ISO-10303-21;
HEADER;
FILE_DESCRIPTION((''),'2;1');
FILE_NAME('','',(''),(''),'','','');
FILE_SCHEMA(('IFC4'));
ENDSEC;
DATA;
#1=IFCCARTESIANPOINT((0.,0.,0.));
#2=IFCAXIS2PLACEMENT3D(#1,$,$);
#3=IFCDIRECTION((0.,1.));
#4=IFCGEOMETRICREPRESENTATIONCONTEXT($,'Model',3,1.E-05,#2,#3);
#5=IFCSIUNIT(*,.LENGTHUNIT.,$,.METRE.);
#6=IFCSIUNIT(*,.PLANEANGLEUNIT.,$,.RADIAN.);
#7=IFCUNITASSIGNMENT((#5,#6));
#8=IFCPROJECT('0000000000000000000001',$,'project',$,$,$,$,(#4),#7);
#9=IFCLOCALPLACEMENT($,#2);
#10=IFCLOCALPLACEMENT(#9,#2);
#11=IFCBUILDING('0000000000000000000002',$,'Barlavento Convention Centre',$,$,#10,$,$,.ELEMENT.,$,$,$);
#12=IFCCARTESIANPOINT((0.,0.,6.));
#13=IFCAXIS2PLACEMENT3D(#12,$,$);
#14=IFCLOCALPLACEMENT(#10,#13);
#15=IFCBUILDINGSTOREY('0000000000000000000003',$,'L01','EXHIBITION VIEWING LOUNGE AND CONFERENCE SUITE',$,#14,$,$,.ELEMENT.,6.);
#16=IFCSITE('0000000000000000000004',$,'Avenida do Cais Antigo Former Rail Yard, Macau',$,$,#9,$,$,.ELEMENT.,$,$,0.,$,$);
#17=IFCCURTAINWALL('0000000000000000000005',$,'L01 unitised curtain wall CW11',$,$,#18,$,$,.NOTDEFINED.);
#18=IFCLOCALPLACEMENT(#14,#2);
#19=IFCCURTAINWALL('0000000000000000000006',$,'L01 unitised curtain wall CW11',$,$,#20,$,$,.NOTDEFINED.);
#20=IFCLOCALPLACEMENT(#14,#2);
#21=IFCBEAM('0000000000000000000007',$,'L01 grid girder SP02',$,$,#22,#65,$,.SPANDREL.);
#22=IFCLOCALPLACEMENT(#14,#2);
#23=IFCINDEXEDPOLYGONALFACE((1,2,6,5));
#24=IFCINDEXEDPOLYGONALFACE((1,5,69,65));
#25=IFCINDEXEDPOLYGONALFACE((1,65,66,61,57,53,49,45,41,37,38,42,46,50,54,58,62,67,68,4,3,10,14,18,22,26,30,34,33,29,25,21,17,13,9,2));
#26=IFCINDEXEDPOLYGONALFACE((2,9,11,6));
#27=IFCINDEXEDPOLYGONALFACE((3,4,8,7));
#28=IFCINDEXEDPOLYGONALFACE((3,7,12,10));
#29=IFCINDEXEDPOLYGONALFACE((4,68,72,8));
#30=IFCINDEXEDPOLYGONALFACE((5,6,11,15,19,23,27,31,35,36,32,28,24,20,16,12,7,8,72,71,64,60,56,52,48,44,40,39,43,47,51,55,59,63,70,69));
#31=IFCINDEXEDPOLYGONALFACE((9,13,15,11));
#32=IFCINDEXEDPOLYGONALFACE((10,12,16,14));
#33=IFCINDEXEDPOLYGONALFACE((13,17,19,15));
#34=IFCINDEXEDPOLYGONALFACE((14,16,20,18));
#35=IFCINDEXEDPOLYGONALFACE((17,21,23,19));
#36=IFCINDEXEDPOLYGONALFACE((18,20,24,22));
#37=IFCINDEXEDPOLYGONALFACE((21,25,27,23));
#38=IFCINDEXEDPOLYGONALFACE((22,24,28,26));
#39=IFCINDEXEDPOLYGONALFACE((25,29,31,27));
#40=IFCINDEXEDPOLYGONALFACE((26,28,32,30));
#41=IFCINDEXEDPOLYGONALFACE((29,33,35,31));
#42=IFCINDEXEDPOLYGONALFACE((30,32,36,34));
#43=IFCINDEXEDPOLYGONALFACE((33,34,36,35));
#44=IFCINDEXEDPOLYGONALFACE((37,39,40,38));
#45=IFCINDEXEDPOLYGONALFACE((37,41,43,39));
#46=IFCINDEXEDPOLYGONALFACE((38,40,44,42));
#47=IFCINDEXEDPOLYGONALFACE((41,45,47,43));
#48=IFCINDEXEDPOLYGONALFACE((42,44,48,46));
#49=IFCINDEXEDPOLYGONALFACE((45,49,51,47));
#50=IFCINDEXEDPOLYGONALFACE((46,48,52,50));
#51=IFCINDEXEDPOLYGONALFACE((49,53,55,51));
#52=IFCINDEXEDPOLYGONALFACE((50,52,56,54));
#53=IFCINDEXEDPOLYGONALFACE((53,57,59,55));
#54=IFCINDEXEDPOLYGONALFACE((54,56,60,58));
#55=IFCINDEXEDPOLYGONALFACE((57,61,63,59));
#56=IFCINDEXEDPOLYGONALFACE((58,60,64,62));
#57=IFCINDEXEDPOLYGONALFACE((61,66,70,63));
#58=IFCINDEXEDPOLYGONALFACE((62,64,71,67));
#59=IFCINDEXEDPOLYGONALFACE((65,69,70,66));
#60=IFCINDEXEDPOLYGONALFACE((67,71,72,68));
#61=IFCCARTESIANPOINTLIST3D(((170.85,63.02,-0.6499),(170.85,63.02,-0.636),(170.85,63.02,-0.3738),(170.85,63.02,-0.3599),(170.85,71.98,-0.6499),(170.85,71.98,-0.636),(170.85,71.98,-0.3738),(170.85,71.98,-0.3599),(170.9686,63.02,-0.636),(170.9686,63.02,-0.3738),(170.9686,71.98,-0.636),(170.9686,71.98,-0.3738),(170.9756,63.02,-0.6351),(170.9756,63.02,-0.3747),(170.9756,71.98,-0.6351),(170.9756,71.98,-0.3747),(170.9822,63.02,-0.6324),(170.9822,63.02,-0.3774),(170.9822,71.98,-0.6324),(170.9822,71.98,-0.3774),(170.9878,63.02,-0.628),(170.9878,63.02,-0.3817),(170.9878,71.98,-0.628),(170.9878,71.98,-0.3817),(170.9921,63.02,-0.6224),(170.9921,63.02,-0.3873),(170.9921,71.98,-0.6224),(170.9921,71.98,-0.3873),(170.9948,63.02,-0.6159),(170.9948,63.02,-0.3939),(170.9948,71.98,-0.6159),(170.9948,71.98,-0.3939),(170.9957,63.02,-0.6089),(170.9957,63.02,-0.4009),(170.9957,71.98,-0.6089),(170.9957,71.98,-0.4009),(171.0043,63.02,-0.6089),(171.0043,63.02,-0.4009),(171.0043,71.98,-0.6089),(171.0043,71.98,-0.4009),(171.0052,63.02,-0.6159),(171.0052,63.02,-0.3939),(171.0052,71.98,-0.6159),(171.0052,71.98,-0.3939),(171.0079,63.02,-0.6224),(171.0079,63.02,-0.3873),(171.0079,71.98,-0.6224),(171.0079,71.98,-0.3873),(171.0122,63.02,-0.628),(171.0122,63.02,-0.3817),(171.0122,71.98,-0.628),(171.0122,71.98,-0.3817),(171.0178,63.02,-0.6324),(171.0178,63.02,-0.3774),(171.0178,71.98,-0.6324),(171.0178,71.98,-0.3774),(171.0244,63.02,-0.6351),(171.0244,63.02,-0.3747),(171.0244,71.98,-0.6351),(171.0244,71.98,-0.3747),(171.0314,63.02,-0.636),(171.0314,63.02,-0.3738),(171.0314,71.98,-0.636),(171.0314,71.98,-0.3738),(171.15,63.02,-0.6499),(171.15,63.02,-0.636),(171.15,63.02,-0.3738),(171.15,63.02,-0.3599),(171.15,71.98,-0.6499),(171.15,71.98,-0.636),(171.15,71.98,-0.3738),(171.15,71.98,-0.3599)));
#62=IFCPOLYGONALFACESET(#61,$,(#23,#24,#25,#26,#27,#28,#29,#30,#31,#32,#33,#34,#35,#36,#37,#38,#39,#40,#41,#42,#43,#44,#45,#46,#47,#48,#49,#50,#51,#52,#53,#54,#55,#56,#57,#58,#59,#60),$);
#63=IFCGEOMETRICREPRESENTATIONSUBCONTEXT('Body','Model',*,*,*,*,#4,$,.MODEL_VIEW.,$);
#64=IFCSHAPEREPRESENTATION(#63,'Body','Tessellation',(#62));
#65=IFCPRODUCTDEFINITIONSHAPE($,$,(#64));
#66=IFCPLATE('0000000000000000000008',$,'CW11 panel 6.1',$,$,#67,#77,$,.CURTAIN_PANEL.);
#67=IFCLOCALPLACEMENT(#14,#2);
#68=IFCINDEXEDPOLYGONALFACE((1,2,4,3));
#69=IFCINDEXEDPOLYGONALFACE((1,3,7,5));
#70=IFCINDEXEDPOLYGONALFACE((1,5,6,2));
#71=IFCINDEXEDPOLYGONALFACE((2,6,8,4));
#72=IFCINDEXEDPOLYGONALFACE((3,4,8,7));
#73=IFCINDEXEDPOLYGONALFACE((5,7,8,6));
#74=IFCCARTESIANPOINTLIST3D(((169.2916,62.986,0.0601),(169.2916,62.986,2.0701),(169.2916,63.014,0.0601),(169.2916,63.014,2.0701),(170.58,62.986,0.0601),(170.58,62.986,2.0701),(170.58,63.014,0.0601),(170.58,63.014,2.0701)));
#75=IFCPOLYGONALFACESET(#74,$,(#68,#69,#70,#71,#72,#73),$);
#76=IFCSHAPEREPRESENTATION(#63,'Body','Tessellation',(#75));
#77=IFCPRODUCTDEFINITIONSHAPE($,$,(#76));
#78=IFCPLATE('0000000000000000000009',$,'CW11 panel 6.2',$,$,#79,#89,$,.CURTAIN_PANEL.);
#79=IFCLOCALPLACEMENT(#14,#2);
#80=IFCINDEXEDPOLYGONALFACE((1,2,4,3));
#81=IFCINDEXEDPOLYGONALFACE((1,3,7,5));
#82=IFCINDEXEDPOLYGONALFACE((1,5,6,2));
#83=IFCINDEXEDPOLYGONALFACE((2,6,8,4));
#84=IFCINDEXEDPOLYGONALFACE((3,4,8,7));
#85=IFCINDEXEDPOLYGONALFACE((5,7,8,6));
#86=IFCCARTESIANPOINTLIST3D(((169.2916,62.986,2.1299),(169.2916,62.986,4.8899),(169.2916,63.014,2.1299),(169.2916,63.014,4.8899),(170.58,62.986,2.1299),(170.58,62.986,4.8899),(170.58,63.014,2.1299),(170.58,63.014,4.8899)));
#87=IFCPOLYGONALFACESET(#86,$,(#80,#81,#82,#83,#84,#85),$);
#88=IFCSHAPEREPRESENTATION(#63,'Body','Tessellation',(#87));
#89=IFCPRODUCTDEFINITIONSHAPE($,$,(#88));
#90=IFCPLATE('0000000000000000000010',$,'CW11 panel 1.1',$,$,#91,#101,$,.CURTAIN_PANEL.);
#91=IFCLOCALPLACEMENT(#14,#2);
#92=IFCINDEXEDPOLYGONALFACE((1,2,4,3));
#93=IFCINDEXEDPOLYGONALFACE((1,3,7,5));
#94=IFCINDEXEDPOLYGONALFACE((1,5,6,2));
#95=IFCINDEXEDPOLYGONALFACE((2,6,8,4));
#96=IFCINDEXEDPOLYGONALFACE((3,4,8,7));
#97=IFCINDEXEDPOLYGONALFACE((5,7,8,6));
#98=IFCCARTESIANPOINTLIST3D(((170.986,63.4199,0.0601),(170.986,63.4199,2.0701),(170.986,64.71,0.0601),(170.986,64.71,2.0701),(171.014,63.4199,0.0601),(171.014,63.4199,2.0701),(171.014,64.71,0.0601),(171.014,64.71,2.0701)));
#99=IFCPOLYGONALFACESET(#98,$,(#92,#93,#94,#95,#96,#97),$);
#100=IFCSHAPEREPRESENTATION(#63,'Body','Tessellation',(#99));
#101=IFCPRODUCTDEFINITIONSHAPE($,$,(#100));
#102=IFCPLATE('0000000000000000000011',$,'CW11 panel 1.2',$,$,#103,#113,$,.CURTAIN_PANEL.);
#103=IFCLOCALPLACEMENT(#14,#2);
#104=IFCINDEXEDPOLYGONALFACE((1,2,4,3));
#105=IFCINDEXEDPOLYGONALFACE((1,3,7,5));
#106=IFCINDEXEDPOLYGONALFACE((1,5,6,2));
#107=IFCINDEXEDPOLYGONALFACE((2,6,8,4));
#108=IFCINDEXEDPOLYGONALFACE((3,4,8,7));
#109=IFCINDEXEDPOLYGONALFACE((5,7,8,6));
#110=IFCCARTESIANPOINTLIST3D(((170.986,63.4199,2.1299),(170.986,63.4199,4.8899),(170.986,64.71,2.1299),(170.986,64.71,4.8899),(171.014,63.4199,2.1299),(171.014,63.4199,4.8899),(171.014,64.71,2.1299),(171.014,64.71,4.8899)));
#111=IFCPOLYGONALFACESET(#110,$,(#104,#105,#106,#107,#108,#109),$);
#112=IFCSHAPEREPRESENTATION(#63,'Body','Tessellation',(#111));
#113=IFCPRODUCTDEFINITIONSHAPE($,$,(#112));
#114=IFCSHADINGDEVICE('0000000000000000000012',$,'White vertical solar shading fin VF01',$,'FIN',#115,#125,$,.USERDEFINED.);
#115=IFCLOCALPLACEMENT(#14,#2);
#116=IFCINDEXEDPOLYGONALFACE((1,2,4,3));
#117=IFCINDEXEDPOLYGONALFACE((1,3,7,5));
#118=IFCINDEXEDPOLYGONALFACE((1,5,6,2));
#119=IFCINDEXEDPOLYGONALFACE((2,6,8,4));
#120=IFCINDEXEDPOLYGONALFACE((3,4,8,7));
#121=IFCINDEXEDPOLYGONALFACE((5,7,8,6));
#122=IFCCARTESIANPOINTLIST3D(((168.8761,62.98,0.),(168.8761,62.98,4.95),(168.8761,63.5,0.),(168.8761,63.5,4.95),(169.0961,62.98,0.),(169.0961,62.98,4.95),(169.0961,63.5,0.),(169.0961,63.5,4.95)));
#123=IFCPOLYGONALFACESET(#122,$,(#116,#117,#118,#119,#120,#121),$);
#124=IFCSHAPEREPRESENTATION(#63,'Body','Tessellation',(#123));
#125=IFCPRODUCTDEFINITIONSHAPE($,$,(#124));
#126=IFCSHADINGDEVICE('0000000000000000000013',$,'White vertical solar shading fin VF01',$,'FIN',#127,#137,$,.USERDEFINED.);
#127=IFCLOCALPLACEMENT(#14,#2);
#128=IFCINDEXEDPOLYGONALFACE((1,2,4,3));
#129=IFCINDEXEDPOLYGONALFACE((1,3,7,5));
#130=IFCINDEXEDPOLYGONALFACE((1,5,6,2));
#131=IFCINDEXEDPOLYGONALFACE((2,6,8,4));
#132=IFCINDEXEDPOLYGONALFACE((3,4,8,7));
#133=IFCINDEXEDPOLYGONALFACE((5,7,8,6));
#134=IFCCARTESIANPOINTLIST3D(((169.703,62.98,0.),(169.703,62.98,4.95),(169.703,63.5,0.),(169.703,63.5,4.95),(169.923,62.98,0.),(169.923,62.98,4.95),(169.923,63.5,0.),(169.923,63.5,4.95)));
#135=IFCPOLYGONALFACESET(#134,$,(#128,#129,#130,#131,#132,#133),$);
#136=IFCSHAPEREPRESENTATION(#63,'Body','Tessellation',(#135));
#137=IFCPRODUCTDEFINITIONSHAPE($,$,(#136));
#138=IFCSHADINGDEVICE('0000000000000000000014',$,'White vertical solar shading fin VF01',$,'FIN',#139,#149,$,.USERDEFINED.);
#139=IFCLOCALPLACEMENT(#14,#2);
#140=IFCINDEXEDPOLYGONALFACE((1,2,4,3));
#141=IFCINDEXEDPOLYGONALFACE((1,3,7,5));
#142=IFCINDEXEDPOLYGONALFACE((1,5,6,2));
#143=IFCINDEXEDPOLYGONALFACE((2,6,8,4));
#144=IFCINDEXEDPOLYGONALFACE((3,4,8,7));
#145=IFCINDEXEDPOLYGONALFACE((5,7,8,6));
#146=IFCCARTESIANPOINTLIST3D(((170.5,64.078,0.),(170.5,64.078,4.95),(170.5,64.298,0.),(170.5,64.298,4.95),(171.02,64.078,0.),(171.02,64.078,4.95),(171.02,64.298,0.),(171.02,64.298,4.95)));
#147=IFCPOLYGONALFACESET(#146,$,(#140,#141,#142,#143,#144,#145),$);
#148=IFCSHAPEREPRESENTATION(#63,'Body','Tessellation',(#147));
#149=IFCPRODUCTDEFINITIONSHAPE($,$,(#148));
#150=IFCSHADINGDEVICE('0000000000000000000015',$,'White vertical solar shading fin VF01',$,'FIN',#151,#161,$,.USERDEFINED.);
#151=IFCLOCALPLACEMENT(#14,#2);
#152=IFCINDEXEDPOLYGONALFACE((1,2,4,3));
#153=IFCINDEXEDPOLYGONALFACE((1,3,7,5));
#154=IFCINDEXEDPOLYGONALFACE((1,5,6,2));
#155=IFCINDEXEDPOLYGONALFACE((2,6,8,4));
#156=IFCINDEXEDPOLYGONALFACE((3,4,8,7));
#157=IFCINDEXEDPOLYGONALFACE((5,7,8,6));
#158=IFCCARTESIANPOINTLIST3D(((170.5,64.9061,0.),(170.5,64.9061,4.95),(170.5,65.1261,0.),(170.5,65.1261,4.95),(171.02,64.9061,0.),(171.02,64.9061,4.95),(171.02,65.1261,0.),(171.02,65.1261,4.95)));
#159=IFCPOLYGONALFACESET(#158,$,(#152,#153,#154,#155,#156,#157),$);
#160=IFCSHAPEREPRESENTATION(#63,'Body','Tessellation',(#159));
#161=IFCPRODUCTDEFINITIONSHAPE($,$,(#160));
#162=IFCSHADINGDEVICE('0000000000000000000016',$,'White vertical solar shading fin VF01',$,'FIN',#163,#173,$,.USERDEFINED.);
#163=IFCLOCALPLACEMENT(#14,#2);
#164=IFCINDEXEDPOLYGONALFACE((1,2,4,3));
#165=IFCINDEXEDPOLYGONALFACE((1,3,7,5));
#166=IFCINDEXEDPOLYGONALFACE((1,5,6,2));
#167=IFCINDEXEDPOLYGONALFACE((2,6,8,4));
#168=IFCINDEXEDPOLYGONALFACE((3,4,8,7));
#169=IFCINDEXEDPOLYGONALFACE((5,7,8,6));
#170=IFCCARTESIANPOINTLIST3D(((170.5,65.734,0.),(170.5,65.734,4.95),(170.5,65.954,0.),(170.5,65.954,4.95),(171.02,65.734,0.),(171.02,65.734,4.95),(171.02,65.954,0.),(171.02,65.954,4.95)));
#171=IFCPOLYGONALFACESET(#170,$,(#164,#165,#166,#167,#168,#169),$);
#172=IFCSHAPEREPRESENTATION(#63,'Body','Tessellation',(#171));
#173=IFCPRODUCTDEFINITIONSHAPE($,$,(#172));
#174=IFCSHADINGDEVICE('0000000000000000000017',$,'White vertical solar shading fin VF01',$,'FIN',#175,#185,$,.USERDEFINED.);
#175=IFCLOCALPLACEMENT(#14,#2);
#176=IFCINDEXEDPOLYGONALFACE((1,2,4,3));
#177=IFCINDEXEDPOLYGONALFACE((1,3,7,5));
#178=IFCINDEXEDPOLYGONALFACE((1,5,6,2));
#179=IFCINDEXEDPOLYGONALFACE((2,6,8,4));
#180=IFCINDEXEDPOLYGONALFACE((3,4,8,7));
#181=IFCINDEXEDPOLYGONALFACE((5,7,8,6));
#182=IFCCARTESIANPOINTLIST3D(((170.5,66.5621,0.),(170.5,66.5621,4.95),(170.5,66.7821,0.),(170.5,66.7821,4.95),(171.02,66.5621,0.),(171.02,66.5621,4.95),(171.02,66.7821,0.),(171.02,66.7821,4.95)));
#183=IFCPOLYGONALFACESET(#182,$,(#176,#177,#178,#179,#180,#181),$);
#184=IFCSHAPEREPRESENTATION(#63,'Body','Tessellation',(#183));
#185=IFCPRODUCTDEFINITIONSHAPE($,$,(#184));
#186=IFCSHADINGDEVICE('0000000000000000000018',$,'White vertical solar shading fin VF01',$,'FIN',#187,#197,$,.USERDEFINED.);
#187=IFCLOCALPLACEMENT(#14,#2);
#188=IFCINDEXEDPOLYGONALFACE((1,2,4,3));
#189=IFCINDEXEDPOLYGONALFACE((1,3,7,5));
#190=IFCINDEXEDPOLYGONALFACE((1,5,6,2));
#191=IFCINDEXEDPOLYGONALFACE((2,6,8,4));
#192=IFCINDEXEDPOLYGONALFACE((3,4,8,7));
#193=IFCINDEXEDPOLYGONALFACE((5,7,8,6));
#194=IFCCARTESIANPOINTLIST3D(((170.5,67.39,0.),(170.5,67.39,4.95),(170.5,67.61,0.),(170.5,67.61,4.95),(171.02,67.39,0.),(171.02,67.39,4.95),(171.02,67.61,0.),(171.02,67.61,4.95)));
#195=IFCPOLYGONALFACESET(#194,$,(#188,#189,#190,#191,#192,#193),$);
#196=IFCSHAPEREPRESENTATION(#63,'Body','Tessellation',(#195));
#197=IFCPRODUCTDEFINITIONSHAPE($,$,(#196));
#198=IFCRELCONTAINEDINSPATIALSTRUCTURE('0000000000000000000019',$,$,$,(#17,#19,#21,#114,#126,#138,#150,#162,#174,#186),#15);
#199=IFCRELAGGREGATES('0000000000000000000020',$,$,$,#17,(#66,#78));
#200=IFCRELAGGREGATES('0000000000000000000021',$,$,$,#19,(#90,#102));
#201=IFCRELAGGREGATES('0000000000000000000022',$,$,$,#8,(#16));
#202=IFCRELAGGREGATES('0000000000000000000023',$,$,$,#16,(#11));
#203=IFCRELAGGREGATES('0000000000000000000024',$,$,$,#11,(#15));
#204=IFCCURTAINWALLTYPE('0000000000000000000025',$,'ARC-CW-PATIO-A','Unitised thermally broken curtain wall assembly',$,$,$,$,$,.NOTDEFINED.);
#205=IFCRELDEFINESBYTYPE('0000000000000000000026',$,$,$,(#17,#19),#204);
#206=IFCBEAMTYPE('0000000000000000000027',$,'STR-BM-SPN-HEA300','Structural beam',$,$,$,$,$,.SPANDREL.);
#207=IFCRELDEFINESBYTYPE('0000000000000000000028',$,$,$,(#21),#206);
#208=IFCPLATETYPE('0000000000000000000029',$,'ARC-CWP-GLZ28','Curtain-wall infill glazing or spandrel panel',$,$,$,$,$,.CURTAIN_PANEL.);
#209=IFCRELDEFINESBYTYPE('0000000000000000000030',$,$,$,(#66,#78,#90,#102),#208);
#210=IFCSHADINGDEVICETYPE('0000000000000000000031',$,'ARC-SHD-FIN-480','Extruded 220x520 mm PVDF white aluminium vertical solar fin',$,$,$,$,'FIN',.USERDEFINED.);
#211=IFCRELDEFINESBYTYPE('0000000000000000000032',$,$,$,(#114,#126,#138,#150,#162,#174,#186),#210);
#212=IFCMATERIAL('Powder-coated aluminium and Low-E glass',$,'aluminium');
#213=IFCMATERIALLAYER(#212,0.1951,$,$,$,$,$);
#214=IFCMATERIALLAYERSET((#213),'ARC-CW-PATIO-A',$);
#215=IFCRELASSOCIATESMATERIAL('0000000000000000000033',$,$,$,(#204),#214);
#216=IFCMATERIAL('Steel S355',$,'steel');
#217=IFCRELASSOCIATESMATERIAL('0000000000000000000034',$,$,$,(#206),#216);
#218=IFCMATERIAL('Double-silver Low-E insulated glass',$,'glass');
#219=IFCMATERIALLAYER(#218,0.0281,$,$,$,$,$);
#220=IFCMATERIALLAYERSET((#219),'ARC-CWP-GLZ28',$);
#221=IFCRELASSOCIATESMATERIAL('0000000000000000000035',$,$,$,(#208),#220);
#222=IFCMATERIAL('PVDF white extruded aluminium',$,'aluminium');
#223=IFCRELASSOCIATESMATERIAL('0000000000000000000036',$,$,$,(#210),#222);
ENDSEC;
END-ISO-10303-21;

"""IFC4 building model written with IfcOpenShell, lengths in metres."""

from ifc_helpers import new_model, si_unit, direction, frame, origin, origin_2d, place, context, subcontext, project, spatial, rectangle, i_section, extrude, material, layer, layer_set, material_profile, profile_set, type_object, element, aggregate, save


model = new_model("IFC4")

# Units and contexts
model_context = context("Model", 3, precision=1e-05, world=origin(), true_north=direction((0.0, 1.0)))
body_context = subcontext(model_context, "Body", "Model", "MODEL_VIEW")
ifc_project = project(units=[si_unit("LENGTHUNIT", "METRE"), si_unit("PLANEANGLEUNIT", "RADIAN")], contexts=[model_context])

# Site, building, storey
site_placement = place(None, origin())
site = spatial("IfcSite", under=ifc_project, at=site_placement, Name="Avenida do Cais Antigo Former Rail Yard, Macau", CompositionType="ELEMENT", RefElevation=0.0)
building_placement = place(site_placement, origin())
building = spatial("IfcBuilding", under=site, at=building_placement, Name="Barlavento Convention Centre", CompositionType="ELEMENT")
storey_placement = place(building_placement, frame((0.0, 0.0, 6.0)))
storey = spatial("IfcBuildingStorey", under=building, at=storey_placement, Name="L01", Description="EXHIBITION VIEWING LOUNGE AND CONFERENCE SUITE", CompositionType="ELEMENT", Elevation=6.0)

# Shared definitions
ifc_material_1 = material(Name="Steel S355", Category="steel")

# Curtain walls
ifc_material_2 = material(Name="Powder-coated aluminium and Low-E glass", Category="aluminium")
ifc_layer_1 = layer(ifc_material_2, 0.1951)
ifc_layer_set_1 = layer_set([ifc_layer_1], Name="ARC-CW-PATIO-A")
curtain_wall_type = type_object("IfcCurtainWallType", Name="ARC-CW-PATIO-A", Description="Unitised thermally broken curtain wall assembly", PredefinedType="NOTDEFINED", material=ifc_layer_set_1)
curtain_wall_1_placement = place(storey_placement, origin())
curtain_wall_1 = element("IfcCurtainWall", 1, at=curtain_wall_1_placement, inside=storey, type_object=curtain_wall_type, Name="L01 unitised curtain wall CW11", PredefinedType="NOTDEFINED")
curtain_wall_2_placement = place(storey_placement, origin())
curtain_wall_2 = element("IfcCurtainWall", 2, at=curtain_wall_2_placement, inside=storey, type_object=curtain_wall_type, Name="L01 unitised curtain wall CW11", PredefinedType="NOTDEFINED")

# Beam
ifc_material_profile_1 = material_profile(ifc_material_1, i_section(OverallWidth=0.3, OverallDepth=0.29, WebThickness=0.0085, FlangeThickness=0.0139, FilletRadius=0.0271, at=origin_2d()), Name="HEA 300")
ifc_profile_set_1 = profile_set([ifc_material_profile_1], Name="Steel S355")
beam_type = type_object("IfcBeamType", Name="STR-BM-SPN-HEA300", Description="Structural beam", PredefinedType="SPANDREL", material=ifc_profile_set_1)
beam_placement = place(storey_placement, frame((171.0, 63.02, -0.5049), z_axis=(0.0, 1.0, 0.0), x_axis=(-1.0, 0.0, 0.0)))
element("IfcBeam", 3, at=beam_placement, inside=storey, type_object=beam_type, Name="L01 grid girder SP02", PredefinedType="SPANDREL", context=body_context, shape_type="SweptSolid", body=[
    extrude(i_section(OverallWidth=0.3, OverallDepth=0.29, WebThickness=0.0085, FlangeThickness=0.0139, FilletRadius=0.0271, at=origin_2d()), origin(), (0.0, 0.0, 1.0), 8.96),
])

# Plates
ifc_material_3 = material(Name="Double-silver Low-E insulated glass", Category="glass")
ifc_layer_2 = layer(ifc_material_3, 0.0281)
ifc_layer_set_2 = layer_set([ifc_layer_2], Name="ARC-CWP-GLZ28")
plate_type = type_object("IfcPlateType", Name="ARC-CWP-GLZ28", Description="Curtain-wall infill glazing or spandrel panel", PredefinedType="CURTAIN_PANEL", material=ifc_layer_set_2)
plate_1_placement = place(storey_placement, frame((169.9358, 63.0, 0.0601), z_axis=(0.0, 0.0, 1.0), x_axis=(1.0, 0.0, 0.0)))
plate_1 = element("IfcPlate", 4, at=plate_1_placement, type_object=plate_type, Name="CW11 panel 6.1", PredefinedType="CURTAIN_PANEL", context=body_context, shape_type="SweptSolid", body=[
    extrude(rectangle(XDim=1.2883, YDim=0.0281, at=origin_2d()), origin(), (0.0, 0.0, 1.0), 2.01),
])
plate_2_placement = place(storey_placement, frame((169.9358, 63.0, 2.1299), z_axis=(0.0, 0.0, 1.0), x_axis=(1.0, 0.0, 0.0)))
plate_2 = element("IfcPlate", 5, at=plate_2_placement, type_object=plate_type, Name="CW11 panel 6.2", PredefinedType="CURTAIN_PANEL", context=body_context, shape_type="SweptSolid", body=[
    extrude(rectangle(XDim=1.2883, YDim=0.0281, at=origin_2d()), origin(), (0.0, 0.0, 1.0), 2.76),
])
aggregate(curtain_wall_1, [plate_1, plate_2])
plate_3_placement = place(storey_placement, frame((171.0, 64.0649, 0.0601), z_axis=(0.0, 0.0, 1.0), x_axis=(0.0, 1.0, 0.0)))
plate_3 = element("IfcPlate", 6, at=plate_3_placement, type_object=plate_type, Name="CW11 panel 1.1", PredefinedType="CURTAIN_PANEL", context=body_context, shape_type="SweptSolid", body=[
    extrude(rectangle(XDim=1.29, YDim=0.0281, at=origin_2d()), origin(), (0.0, 0.0, 1.0), 2.01),
])
plate_4_placement = place(storey_placement, frame((171.0, 64.0649, 2.1299), z_axis=(0.0, 0.0, 1.0), x_axis=(0.0, 1.0, 0.0)))
plate_4 = element("IfcPlate", 7, at=plate_4_placement, type_object=plate_type, Name="CW11 panel 1.2", PredefinedType="CURTAIN_PANEL", context=body_context, shape_type="SweptSolid", body=[
    extrude(rectangle(XDim=1.29, YDim=0.0281, at=origin_2d()), origin(), (0.0, 0.0, 1.0), 2.76),
])
aggregate(curtain_wall_2, [plate_3, plate_4])

# Shading devices
ifc_material_4 = material(Name="PVDF white extruded aluminium", Category="aluminium")
shading_device_type = type_object("IfcShadingDeviceType", Name="ARC-SHD-FIN-480", Description="Extruded 220x520 mm PVDF white aluminium vertical solar fin", ElementType="FIN", PredefinedType="USERDEFINED", material=ifc_material_4)
for number, where, z_axis, x_axis, name in (
    (8, (168.9861, 63.24, 0.0), (0.0, 0.0, 1.0), (1.0, 0.0, 0.0), "White vertical solar shading fin VF01"),
    (9, (169.813, 63.24, 0.0), (0.0, 0.0, 1.0), (1.0, 0.0, 0.0), "White vertical solar shading fin VF01"),
    (10, (170.76, 64.188, 0.0), (0.0, 0.0, 1.0), (0.0, 1.0, 0.0), "White vertical solar shading fin VF01"),
    (11, (170.76, 65.0161, 0.0), (0.0, 0.0, 1.0), (0.0, 1.0, 0.0), "White vertical solar shading fin VF01"),
    (12, (170.76, 65.844, 0.0), (0.0, 0.0, 1.0), (0.0, 1.0, 0.0), "White vertical solar shading fin VF01"),
    (13, (170.76, 66.6721, 0.0), (0.0, 0.0, 1.0), (0.0, 1.0, 0.0), "White vertical solar shading fin VF01"),
    (14, (170.76, 67.5, 0.0), (0.0, 0.0, 1.0), (0.0, 1.0, 0.0), "White vertical solar shading fin VF01"),
):
    element("IfcShadingDevice", number, at=place(storey_placement, frame(where, z_axis=z_axis, x_axis=x_axis)), inside=storey, type_object=shading_device_type, Name=name, ObjectType="FIN", PredefinedType="USERDEFINED", context=body_context, shape_type="SweptSolid", body=[
        extrude(rectangle(XDim=0.22, YDim=0.52, at=origin_2d()), origin(), (0.0, 0.0, 1.0), 4.95),
    ])

save(model, "model.ifc")
